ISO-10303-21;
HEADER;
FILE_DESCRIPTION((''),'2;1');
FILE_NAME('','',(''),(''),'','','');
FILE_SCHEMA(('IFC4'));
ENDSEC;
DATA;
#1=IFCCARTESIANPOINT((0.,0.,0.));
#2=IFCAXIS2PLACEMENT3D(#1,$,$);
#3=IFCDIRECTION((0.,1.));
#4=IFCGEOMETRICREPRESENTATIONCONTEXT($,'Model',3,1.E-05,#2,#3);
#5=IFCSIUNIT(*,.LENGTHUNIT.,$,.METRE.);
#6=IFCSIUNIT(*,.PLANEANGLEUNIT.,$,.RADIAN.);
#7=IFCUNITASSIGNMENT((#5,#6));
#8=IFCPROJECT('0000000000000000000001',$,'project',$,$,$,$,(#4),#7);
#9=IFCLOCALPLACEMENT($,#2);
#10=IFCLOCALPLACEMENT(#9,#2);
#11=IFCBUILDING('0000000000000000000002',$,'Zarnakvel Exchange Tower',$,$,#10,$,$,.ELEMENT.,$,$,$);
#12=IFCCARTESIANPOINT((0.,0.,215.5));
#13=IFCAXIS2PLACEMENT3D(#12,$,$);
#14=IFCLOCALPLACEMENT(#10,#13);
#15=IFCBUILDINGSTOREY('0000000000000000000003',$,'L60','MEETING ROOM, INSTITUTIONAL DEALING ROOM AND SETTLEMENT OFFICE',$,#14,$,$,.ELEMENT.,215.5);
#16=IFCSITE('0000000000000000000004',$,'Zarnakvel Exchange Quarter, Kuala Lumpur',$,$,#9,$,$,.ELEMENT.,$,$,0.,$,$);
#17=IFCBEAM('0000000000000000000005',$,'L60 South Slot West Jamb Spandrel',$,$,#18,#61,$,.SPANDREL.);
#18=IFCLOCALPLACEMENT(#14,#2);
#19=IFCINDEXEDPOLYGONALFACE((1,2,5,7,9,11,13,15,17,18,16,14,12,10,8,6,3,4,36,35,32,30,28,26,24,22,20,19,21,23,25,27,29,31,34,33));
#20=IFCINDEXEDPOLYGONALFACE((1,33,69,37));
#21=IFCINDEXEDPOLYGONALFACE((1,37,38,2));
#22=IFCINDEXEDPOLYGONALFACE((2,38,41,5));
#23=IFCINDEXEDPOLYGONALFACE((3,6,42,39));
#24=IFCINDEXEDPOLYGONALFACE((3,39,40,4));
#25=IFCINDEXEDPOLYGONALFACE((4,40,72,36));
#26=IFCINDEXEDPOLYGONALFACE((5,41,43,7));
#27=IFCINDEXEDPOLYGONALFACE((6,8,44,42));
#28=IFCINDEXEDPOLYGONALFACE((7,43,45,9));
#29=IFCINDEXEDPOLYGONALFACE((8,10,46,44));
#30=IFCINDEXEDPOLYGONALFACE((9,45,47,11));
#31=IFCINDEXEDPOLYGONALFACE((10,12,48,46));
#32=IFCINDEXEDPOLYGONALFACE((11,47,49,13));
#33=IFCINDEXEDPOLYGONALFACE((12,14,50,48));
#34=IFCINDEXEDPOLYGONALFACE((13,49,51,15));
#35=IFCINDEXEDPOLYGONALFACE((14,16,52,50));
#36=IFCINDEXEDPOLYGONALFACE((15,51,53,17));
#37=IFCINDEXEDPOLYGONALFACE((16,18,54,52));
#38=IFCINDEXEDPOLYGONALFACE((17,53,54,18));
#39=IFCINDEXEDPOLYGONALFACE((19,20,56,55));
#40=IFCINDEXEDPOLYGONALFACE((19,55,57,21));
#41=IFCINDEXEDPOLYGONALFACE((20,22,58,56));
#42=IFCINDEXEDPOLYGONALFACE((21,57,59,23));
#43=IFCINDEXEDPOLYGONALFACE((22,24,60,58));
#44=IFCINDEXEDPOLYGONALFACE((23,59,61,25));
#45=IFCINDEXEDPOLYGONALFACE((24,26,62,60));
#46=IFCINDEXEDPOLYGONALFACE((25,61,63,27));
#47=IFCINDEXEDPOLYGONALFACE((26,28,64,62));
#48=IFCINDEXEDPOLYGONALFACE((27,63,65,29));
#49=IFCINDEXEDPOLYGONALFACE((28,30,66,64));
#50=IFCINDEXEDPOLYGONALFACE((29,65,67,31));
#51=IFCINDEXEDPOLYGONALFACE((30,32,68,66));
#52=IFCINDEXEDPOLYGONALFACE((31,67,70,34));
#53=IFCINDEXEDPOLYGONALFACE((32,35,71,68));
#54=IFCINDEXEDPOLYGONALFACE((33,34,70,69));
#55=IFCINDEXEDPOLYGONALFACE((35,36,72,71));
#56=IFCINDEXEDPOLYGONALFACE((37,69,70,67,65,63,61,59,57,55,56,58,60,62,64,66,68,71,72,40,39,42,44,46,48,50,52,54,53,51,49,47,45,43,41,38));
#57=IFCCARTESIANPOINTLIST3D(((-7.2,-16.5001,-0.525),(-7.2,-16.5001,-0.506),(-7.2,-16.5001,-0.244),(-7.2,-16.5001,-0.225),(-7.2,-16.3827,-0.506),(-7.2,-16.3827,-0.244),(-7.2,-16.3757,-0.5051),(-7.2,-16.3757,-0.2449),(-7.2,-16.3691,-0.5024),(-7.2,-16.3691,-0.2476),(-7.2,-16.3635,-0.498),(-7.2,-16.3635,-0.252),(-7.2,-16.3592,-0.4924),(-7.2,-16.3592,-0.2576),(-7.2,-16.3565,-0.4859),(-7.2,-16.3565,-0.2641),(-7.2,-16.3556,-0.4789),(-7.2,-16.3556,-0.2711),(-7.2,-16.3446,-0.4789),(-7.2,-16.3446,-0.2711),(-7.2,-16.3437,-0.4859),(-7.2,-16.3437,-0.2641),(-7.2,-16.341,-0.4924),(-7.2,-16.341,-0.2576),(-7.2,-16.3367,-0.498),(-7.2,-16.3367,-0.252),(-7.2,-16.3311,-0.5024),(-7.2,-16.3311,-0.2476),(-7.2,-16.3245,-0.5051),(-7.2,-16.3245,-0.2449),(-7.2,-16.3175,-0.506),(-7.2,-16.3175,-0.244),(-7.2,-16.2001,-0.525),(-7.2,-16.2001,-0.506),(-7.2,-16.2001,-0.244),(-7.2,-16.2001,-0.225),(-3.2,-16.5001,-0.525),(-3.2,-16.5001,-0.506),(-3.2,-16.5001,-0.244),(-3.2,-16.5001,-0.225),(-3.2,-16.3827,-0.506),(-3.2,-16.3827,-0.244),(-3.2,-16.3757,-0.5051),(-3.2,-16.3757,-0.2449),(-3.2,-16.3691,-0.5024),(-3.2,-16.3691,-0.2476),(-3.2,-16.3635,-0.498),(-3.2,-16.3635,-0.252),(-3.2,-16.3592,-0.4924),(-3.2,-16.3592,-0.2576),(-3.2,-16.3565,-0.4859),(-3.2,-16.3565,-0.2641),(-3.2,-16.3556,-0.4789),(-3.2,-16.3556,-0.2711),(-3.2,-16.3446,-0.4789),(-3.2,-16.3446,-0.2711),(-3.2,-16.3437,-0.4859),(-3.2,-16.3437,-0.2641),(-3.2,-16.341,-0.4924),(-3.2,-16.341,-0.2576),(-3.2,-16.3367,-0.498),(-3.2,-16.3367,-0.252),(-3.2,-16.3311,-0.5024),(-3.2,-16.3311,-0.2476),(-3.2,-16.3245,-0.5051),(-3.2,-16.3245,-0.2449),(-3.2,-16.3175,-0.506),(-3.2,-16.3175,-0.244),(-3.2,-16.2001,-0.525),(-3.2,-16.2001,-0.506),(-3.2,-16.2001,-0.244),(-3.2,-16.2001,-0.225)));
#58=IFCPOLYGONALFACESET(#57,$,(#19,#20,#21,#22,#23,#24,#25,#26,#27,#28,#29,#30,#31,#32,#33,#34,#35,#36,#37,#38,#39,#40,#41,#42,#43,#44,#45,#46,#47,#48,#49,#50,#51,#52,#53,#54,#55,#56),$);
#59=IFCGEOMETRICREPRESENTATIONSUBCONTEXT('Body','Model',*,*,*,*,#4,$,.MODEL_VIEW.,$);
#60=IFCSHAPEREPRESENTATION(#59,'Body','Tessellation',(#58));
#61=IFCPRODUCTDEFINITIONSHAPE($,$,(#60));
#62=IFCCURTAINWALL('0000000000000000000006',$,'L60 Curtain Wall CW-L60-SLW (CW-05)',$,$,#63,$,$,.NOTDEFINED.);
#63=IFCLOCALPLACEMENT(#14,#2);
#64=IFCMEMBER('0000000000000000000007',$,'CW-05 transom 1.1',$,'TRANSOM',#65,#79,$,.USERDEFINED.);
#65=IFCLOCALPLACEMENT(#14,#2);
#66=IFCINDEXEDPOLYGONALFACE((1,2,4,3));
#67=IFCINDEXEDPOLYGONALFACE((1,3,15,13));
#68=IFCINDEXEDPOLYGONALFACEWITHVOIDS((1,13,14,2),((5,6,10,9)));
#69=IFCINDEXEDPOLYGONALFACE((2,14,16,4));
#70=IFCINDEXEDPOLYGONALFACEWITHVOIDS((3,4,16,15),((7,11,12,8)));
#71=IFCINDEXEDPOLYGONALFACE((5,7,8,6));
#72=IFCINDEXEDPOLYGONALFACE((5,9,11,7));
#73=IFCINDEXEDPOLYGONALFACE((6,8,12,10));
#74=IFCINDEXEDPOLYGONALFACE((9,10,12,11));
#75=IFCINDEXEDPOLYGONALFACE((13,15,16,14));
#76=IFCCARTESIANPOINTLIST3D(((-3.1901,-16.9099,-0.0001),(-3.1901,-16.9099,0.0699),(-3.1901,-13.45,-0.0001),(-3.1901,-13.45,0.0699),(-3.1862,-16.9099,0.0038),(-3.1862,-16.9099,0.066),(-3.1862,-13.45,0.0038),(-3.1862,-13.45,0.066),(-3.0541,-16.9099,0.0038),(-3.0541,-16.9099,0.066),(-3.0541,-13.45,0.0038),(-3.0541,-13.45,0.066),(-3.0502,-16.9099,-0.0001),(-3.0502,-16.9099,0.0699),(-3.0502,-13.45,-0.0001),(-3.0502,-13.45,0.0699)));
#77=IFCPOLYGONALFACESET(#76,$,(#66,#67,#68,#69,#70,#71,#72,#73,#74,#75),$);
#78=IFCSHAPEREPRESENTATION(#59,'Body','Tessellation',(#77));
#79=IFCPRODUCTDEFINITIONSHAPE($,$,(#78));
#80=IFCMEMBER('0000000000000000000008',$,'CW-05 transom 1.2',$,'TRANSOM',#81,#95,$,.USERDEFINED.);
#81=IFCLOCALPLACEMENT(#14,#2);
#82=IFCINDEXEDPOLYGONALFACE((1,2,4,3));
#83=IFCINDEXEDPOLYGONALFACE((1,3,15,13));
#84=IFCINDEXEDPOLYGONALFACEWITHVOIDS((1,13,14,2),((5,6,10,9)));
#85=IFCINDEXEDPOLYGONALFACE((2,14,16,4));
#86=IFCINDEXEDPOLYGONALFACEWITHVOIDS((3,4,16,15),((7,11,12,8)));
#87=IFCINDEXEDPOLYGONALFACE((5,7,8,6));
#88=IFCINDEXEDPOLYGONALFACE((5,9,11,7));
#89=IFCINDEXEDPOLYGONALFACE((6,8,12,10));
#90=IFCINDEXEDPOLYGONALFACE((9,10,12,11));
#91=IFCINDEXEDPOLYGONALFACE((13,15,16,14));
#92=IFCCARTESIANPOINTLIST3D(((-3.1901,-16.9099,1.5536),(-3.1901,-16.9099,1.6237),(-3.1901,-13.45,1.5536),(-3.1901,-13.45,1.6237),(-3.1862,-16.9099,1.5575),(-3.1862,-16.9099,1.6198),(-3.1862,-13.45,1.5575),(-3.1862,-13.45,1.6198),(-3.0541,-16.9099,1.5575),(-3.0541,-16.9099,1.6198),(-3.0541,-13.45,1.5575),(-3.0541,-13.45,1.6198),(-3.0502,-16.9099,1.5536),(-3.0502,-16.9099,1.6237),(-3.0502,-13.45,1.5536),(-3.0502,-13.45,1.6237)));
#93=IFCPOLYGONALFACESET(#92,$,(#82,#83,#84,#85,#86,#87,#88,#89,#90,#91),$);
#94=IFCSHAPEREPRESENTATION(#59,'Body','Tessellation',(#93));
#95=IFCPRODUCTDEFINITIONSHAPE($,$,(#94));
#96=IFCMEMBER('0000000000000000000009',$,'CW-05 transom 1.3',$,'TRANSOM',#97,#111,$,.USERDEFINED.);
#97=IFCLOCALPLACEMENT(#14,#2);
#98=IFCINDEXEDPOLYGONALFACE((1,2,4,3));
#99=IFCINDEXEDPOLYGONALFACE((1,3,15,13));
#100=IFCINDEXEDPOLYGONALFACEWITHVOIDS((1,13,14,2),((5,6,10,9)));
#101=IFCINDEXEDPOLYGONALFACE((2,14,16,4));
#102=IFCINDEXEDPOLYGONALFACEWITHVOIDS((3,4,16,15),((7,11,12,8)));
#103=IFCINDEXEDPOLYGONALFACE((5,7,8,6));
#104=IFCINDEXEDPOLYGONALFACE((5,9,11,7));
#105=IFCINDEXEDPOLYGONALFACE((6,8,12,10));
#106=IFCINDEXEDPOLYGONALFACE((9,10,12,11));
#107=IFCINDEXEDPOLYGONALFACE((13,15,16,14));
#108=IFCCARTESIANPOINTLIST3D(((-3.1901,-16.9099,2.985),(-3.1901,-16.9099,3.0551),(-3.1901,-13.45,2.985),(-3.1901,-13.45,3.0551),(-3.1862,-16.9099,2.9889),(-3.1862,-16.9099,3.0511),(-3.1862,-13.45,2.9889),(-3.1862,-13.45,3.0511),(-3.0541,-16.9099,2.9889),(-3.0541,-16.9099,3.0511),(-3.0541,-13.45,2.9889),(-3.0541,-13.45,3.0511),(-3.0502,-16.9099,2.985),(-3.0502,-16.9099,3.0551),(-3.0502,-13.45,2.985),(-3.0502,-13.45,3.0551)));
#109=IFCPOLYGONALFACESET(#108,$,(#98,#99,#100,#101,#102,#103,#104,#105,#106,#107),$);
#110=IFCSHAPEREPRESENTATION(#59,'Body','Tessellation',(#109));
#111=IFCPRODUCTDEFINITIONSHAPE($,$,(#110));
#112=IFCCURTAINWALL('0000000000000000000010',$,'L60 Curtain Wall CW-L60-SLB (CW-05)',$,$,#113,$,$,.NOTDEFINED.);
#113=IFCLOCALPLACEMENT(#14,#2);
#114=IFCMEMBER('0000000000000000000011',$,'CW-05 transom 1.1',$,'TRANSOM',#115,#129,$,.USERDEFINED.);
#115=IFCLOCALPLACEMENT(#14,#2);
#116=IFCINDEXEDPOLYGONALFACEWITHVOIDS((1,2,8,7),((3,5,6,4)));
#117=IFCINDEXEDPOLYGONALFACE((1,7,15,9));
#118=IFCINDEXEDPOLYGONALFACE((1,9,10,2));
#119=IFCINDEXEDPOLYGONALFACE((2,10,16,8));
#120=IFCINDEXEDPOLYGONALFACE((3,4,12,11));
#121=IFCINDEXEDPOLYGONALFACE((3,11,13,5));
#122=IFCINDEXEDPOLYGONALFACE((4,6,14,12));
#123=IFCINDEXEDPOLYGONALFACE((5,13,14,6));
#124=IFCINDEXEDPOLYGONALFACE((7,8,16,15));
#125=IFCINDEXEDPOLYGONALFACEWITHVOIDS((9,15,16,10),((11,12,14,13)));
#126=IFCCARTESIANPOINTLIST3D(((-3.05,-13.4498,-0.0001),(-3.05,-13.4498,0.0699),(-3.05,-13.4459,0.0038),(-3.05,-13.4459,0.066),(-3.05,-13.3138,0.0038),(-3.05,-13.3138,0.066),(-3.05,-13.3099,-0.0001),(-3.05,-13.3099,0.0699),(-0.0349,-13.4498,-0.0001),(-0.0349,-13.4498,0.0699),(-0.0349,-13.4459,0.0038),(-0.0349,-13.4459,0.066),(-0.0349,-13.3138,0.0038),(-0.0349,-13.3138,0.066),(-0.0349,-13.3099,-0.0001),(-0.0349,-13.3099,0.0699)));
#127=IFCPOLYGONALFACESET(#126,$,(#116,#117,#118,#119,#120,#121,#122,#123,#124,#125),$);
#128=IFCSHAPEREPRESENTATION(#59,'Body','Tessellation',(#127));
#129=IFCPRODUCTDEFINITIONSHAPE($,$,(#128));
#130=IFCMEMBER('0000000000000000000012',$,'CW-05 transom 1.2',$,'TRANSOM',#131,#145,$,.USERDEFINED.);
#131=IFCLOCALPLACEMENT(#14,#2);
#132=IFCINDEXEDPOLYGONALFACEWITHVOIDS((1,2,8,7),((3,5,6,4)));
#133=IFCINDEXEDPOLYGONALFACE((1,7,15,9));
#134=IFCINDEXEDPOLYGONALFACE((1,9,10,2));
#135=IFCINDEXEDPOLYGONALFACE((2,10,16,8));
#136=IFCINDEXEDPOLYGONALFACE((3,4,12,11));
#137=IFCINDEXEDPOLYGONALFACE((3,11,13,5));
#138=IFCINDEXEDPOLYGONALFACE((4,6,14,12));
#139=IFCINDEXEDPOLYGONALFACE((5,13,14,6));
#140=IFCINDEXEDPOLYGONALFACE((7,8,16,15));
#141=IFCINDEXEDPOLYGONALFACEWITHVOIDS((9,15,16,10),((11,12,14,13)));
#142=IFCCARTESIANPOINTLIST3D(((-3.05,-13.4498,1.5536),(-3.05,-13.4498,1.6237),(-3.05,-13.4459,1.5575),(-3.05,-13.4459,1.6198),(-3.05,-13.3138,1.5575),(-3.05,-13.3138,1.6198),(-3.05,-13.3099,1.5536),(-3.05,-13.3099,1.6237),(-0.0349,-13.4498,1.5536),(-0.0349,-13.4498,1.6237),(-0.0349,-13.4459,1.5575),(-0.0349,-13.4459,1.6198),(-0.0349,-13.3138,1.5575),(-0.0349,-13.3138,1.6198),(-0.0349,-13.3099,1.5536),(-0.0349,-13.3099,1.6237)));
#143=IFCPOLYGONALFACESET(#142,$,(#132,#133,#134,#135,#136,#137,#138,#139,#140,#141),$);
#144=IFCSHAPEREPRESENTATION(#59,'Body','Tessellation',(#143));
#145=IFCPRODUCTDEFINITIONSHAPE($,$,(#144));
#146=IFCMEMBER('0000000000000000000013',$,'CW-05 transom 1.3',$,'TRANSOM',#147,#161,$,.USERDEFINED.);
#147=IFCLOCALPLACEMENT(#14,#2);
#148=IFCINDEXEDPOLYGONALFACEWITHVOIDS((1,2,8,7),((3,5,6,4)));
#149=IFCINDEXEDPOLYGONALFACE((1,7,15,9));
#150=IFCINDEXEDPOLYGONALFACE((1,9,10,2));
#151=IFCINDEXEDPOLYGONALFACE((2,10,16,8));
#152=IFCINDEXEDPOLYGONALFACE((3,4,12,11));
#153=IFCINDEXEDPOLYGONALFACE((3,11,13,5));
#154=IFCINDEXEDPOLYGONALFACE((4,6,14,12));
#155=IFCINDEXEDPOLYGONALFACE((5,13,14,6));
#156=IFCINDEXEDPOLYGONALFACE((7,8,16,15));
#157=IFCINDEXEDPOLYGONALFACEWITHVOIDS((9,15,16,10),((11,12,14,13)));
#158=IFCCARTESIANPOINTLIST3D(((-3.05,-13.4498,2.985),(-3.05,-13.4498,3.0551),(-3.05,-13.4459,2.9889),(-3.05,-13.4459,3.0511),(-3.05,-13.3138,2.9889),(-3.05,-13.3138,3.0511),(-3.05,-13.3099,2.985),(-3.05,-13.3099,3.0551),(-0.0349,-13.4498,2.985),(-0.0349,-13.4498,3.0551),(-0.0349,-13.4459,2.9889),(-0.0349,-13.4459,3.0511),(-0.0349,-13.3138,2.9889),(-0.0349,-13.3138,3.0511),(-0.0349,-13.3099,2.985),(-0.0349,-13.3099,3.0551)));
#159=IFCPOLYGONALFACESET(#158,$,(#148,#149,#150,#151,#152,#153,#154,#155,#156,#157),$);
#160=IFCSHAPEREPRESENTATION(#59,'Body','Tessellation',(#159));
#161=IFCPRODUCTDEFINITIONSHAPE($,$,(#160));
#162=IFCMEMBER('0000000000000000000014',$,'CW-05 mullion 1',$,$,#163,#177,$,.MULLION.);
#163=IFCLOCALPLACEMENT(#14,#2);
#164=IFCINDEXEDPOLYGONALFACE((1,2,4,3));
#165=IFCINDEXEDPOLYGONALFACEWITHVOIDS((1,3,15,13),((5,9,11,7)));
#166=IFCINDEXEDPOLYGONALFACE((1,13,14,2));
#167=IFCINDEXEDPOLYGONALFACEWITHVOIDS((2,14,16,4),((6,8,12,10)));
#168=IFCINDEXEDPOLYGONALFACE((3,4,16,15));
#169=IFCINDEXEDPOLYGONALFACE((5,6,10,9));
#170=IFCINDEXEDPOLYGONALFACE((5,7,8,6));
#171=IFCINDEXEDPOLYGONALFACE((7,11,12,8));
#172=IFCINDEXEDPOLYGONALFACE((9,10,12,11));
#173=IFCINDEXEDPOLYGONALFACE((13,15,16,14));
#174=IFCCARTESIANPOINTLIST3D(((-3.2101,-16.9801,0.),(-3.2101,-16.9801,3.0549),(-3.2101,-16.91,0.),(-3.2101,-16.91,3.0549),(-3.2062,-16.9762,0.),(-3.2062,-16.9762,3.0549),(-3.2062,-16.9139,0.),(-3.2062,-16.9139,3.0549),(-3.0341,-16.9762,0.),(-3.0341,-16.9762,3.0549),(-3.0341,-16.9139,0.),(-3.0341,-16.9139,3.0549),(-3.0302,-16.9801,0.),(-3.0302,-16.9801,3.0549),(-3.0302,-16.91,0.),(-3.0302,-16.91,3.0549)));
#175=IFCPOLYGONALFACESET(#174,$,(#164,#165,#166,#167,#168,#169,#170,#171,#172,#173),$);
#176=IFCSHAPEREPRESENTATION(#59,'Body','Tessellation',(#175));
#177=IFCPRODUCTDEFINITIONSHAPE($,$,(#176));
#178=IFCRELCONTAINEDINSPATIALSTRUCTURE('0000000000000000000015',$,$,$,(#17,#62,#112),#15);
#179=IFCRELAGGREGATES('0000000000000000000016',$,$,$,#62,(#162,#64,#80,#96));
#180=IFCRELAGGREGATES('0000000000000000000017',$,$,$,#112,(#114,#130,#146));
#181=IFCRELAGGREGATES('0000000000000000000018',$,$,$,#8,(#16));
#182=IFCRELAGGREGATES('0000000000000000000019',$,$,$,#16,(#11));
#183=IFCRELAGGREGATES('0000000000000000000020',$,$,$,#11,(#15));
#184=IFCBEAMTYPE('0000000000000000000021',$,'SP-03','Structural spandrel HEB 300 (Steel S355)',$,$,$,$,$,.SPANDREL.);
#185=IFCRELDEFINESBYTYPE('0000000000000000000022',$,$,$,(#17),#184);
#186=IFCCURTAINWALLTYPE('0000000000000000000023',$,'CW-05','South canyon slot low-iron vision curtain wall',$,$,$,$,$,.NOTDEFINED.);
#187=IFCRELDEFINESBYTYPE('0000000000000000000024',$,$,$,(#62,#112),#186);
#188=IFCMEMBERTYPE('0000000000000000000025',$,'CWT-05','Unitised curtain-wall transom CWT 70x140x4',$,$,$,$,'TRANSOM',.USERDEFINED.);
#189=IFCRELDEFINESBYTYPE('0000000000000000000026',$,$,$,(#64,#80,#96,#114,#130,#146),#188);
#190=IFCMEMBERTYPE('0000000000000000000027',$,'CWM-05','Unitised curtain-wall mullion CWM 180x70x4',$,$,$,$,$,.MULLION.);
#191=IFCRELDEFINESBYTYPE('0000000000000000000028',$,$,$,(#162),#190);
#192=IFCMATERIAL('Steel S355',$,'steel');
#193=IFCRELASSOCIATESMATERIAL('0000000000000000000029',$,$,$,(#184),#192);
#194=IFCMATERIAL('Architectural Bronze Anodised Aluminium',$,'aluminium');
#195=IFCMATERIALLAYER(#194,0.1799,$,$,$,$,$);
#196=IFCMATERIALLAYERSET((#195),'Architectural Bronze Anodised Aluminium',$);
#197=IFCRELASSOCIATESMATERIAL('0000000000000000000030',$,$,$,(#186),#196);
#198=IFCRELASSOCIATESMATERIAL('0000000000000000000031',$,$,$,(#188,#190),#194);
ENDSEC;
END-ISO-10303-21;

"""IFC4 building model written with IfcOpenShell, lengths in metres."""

from ifc_helpers import new_model, si_unit, direction, frame, origin, origin_2d, place, context, subcontext, project, spatial, hollow_rectangle, i_section, extrude, source, transform, mapped, material, layer, layer_set, material_profile, profile_set, type_object, element, aggregate, save


model = new_model("IFC4")

# Units and contexts
model_context = context("Model", 3, precision=1e-05, world=origin(), true_north=direction((0.0, 1.0)))
body_context = subcontext(model_context, "Body", "Model", "MODEL_VIEW")
ifc_project = project(units=[si_unit("LENGTHUNIT", "METRE"), si_unit("PLANEANGLEUNIT", "RADIAN")], contexts=[model_context])

# Site, building, storey
site_placement = place(None, origin())
site = spatial("IfcSite", under=ifc_project, at=site_placement, Name="Zarnakvel Exchange Quarter, Kuala Lumpur", CompositionType="ELEMENT", RefElevation=0.0)
building_placement = place(site_placement, origin())
building = spatial("IfcBuilding", under=site, at=building_placement, Name="Zarnakvel Exchange Tower", CompositionType="ELEMENT")
storey_placement = place(building_placement, frame((0.0, 0.0, 215.5)))
storey = spatial("IfcBuildingStorey", under=building, at=storey_placement, Name="L60", Description="MEETING ROOM, INSTITUTIONAL DEALING ROOM AND SETTLEMENT OFFICE", CompositionType="ELEMENT", Elevation=215.5)

# Beam
ifc_material_1 = material(Name="Steel S355", Category="steel")
ifc_material_profile_1 = material_profile(ifc_material_1, i_section(OverallWidth=0.3, OverallDepth=0.3, WebThickness=0.011, FlangeThickness=0.019, FilletRadius=0.0271, at=origin_2d()))
ifc_profile_set_1 = profile_set([ifc_material_profile_1], Name="Steel S355")
beam_type_1 = type_object("IfcBeamType", Name="SP-03", Description="Structural spandrel HEB 300 (Steel S355)", PredefinedType="SPANDREL", material=ifc_profile_set_1)
beam_1_placement = place(storey_placement, frame((-7.2, -16.3501, -0.375), z_axis=(1.0, 0.0, 0.0), x_axis=(0.0, 1.0, 0.0)))
element("IfcBeam", 1, at=beam_1_placement, inside=storey, type_object=beam_type_1, Name="L60 South Slot West Jamb Spandrel", PredefinedType="SPANDREL", context=body_context, shape_type="SweptSolid", body=[
    extrude(i_section(OverallWidth=0.3, OverallDepth=0.3, WebThickness=0.011, FlangeThickness=0.019, FilletRadius=0.0271, at=origin_2d()), origin(), (0.0, 0.0, 1.0), 4.0),
])

# Curtain walls, members
ifc_material_2 = material(Name="Architectural Bronze Anodised Aluminium", Category="aluminium")
ifc_layer_1 = layer(ifc_material_2, 0.1799)
ifc_layer_set_1 = layer_set([ifc_layer_1], Name="Architectural Bronze Anodised Aluminium")
curtain_wall_type = type_object("IfcCurtainWallType", Name="CW-05", Description="South canyon slot low-iron vision curtain wall", PredefinedType="NOTDEFINED", material=ifc_layer_set_1)
curtain_wall_1_placement = place(storey_placement, origin())
curtain_wall_1 = element("IfcCurtainWall", 2, at=curtain_wall_1_placement, inside=storey, type_object=curtain_wall_type, Name="L60 Curtain Wall CW-L60-SLW (CW-05)", PredefinedType="NOTDEFINED")
ifc_material_profile_2 = material_profile(ifc_material_2, hollow_rectangle(XDim=0.1399, YDim=0.0701, WallThickness=0.0039, at=origin_2d()))
ifc_profile_set_2 = profile_set([ifc_material_profile_2], Name="Architectural Bronze Anodised Aluminium")
member_type_1 = type_object("IfcMemberType", Name="CWT-05", Description="Unitised curtain-wall transom CWT 70x140x4", ElementType="TRANSOM", PredefinedType="USERDEFINED", material=ifc_profile_set_2)
shared_shape_1 = source(origin(), body_context, "Body", "SweptSolid", [
    extrude(hollow_rectangle(XDim=0.1399, YDim=0.0701, WallThickness=0.0039, at=origin_2d()), origin(), (0.0, 0.0, 1.0), 3.46),
])
member_1_placement = place(storey_placement, frame((-3.1201, -16.9099, 0.0349), z_axis=(0.0, 1.0, 0.0), x_axis=(-1.0, 0.0, 0.0)))
member_1 = element("IfcMember", 3, at=member_1_placement, type_object=member_type_1, Name="CW-05 transom 1.1", ObjectType="TRANSOM", PredefinedType="USERDEFINED", context=body_context, shape_type="MappedRepresentation", body=[
    mapped(shared_shape_1, transform((0.0, 0.0, 0.0), x_axis=(1.0, 0.0, 0.0), y_axis=(0.0, 1.0, 0.0), z_axis=(0.0, 0.0, 1.0), scale=1.0)),
])
member_2_placement = place(storey_placement, frame((-3.1201, -16.9099, 1.5886), z_axis=(0.0, 1.0, 0.0), x_axis=(-1.0, 0.0, 0.0)))
member_2 = element("IfcMember", 4, at=member_2_placement, type_object=member_type_1, Name="CW-05 transom 1.2", ObjectType="TRANSOM", PredefinedType="USERDEFINED", context=body_context, shape_type="MappedRepresentation", body=[
    mapped(shared_shape_1, transform((0.0, 0.0, 0.0), x_axis=(1.0, 0.0, 0.0), y_axis=(0.0, 1.0, 0.0), z_axis=(0.0, 0.0, 1.0), scale=1.0)),
])
member_3_placement = place(storey_placement, frame((-3.1201, -16.9099, 3.02), z_axis=(0.0, 1.0, 0.0), x_axis=(-1.0, 0.0, 0.0)))
member_3 = element("IfcMember", 5, at=member_3_placement, type_object=member_type_1, Name="CW-05 transom 1.3", ObjectType="TRANSOM", PredefinedType="USERDEFINED", context=body_context, shape_type="MappedRepresentation", body=[
    mapped(shared_shape_1, transform((0.0, 0.0, 0.0), x_axis=(1.0, 0.0, 0.0), y_axis=(0.0, 1.0, 0.0), z_axis=(0.0, 0.0, 1.0), scale=1.0)),
])
curtain_wall_2_placement = place(storey_placement, origin())
curtain_wall_2 = element("IfcCurtainWall", 6, at=curtain_wall_2_placement, inside=storey, type_object=curtain_wall_type, Name="L60 Curtain Wall CW-L60-SLB (CW-05)", PredefinedType="NOTDEFINED")
shared_shape_2 = source(origin(), body_context, "Body", "SweptSolid", [
    extrude(hollow_rectangle(XDim=0.1399, YDim=0.0701, WallThickness=0.0039, at=origin_2d()), origin(), (0.0, 0.0, 1.0), 3.0151),
])
member_4_placement = place(storey_placement, frame((-3.05, -13.3799, 0.0349), z_axis=(1.0, 0.0, 0.0), x_axis=(0.0, 1.0, 0.0)))
member_4 = element("IfcMember", 7, at=member_4_placement, type_object=member_type_1, Name="CW-05 transom 1.1", ObjectType="TRANSOM", PredefinedType="USERDEFINED", context=body_context, shape_type="MappedRepresentation", body=[
    mapped(shared_shape_2, transform((0.0, 0.0, 0.0), x_axis=(1.0, 0.0, 0.0), y_axis=(0.0, 1.0, 0.0), z_axis=(0.0, 0.0, 1.0), scale=1.0)),
])
member_5_placement = place(storey_placement, frame((-3.05, -13.3799, 1.5886), z_axis=(1.0, 0.0, 0.0), x_axis=(0.0, 1.0, 0.0)))
member_5 = element("IfcMember", 8, at=member_5_placement, type_object=member_type_1, Name="CW-05 transom 1.2", ObjectType="TRANSOM", PredefinedType="USERDEFINED", context=body_context, shape_type="MappedRepresentation", body=[
    mapped(shared_shape_2, transform((0.0, 0.0, 0.0), x_axis=(1.0, 0.0, 0.0), y_axis=(0.0, 1.0, 0.0), z_axis=(0.0, 0.0, 1.0), scale=1.0)),
])
member_6_placement = place(storey_placement, frame((-3.05, -13.3799, 3.02), z_axis=(1.0, 0.0, 0.0), x_axis=(0.0, 1.0, 0.0)))
member_6 = element("IfcMember", 9, at=member_6_placement, type_object=member_type_1, Name="CW-05 transom 1.3", ObjectType="TRANSOM", PredefinedType="USERDEFINED", context=body_context, shape_type="MappedRepresentation", body=[
    mapped(shared_shape_2, transform((0.0, 0.0, 0.0), x_axis=(1.0, 0.0, 0.0), y_axis=(0.0, 1.0, 0.0), z_axis=(0.0, 0.0, 1.0), scale=1.0)),
])

# Member
ifc_material_profile_3 = material_profile(ifc_material_2, hollow_rectangle(XDim=0.1799, YDim=0.0701, WallThickness=0.0039, at=origin_2d()))
ifc_profile_set_3 = profile_set([ifc_material_profile_3], Name="Architectural Bronze Anodised Aluminium")
member_type_2 = type_object("IfcMemberType", Name="CWM-05", Description="Unitised curtain-wall mullion CWM 180x70x4", PredefinedType="MULLION", material=ifc_profile_set_3)
shared_shape_3 = source(origin(), body_context, "Body", "SweptSolid", [
    extrude(hollow_rectangle(XDim=0.1799, YDim=0.0701, WallThickness=0.0039, at=origin_2d()), origin(), (0.0, 0.0, 1.0), 3.0549),
])
member_7_placement = place(storey_placement, frame((-3.1201, -16.9451, 0.0), z_axis=(0.0, 0.0, 1.0), x_axis=(-1.0, 0.0, 0.0)))
member_7 = element("IfcMember", 10, at=member_7_placement, type_object=member_type_2, Name="CW-05 mullion 1", PredefinedType="MULLION", context=body_context, shape_type="MappedRepresentation", body=[
    mapped(shared_shape_3, transform((0.0, 0.0, 0.0), x_axis=(1.0, 0.0, 0.0), y_axis=(0.0, 1.0, 0.0), z_axis=(0.0, 0.0, 1.0), scale=1.0)),
])

aggregate(curtain_wall_1, [member_7, member_1, member_2, member_3])
aggregate(curtain_wall_2, [member_4, member_5, member_6])

save(model, "model.ifc")
